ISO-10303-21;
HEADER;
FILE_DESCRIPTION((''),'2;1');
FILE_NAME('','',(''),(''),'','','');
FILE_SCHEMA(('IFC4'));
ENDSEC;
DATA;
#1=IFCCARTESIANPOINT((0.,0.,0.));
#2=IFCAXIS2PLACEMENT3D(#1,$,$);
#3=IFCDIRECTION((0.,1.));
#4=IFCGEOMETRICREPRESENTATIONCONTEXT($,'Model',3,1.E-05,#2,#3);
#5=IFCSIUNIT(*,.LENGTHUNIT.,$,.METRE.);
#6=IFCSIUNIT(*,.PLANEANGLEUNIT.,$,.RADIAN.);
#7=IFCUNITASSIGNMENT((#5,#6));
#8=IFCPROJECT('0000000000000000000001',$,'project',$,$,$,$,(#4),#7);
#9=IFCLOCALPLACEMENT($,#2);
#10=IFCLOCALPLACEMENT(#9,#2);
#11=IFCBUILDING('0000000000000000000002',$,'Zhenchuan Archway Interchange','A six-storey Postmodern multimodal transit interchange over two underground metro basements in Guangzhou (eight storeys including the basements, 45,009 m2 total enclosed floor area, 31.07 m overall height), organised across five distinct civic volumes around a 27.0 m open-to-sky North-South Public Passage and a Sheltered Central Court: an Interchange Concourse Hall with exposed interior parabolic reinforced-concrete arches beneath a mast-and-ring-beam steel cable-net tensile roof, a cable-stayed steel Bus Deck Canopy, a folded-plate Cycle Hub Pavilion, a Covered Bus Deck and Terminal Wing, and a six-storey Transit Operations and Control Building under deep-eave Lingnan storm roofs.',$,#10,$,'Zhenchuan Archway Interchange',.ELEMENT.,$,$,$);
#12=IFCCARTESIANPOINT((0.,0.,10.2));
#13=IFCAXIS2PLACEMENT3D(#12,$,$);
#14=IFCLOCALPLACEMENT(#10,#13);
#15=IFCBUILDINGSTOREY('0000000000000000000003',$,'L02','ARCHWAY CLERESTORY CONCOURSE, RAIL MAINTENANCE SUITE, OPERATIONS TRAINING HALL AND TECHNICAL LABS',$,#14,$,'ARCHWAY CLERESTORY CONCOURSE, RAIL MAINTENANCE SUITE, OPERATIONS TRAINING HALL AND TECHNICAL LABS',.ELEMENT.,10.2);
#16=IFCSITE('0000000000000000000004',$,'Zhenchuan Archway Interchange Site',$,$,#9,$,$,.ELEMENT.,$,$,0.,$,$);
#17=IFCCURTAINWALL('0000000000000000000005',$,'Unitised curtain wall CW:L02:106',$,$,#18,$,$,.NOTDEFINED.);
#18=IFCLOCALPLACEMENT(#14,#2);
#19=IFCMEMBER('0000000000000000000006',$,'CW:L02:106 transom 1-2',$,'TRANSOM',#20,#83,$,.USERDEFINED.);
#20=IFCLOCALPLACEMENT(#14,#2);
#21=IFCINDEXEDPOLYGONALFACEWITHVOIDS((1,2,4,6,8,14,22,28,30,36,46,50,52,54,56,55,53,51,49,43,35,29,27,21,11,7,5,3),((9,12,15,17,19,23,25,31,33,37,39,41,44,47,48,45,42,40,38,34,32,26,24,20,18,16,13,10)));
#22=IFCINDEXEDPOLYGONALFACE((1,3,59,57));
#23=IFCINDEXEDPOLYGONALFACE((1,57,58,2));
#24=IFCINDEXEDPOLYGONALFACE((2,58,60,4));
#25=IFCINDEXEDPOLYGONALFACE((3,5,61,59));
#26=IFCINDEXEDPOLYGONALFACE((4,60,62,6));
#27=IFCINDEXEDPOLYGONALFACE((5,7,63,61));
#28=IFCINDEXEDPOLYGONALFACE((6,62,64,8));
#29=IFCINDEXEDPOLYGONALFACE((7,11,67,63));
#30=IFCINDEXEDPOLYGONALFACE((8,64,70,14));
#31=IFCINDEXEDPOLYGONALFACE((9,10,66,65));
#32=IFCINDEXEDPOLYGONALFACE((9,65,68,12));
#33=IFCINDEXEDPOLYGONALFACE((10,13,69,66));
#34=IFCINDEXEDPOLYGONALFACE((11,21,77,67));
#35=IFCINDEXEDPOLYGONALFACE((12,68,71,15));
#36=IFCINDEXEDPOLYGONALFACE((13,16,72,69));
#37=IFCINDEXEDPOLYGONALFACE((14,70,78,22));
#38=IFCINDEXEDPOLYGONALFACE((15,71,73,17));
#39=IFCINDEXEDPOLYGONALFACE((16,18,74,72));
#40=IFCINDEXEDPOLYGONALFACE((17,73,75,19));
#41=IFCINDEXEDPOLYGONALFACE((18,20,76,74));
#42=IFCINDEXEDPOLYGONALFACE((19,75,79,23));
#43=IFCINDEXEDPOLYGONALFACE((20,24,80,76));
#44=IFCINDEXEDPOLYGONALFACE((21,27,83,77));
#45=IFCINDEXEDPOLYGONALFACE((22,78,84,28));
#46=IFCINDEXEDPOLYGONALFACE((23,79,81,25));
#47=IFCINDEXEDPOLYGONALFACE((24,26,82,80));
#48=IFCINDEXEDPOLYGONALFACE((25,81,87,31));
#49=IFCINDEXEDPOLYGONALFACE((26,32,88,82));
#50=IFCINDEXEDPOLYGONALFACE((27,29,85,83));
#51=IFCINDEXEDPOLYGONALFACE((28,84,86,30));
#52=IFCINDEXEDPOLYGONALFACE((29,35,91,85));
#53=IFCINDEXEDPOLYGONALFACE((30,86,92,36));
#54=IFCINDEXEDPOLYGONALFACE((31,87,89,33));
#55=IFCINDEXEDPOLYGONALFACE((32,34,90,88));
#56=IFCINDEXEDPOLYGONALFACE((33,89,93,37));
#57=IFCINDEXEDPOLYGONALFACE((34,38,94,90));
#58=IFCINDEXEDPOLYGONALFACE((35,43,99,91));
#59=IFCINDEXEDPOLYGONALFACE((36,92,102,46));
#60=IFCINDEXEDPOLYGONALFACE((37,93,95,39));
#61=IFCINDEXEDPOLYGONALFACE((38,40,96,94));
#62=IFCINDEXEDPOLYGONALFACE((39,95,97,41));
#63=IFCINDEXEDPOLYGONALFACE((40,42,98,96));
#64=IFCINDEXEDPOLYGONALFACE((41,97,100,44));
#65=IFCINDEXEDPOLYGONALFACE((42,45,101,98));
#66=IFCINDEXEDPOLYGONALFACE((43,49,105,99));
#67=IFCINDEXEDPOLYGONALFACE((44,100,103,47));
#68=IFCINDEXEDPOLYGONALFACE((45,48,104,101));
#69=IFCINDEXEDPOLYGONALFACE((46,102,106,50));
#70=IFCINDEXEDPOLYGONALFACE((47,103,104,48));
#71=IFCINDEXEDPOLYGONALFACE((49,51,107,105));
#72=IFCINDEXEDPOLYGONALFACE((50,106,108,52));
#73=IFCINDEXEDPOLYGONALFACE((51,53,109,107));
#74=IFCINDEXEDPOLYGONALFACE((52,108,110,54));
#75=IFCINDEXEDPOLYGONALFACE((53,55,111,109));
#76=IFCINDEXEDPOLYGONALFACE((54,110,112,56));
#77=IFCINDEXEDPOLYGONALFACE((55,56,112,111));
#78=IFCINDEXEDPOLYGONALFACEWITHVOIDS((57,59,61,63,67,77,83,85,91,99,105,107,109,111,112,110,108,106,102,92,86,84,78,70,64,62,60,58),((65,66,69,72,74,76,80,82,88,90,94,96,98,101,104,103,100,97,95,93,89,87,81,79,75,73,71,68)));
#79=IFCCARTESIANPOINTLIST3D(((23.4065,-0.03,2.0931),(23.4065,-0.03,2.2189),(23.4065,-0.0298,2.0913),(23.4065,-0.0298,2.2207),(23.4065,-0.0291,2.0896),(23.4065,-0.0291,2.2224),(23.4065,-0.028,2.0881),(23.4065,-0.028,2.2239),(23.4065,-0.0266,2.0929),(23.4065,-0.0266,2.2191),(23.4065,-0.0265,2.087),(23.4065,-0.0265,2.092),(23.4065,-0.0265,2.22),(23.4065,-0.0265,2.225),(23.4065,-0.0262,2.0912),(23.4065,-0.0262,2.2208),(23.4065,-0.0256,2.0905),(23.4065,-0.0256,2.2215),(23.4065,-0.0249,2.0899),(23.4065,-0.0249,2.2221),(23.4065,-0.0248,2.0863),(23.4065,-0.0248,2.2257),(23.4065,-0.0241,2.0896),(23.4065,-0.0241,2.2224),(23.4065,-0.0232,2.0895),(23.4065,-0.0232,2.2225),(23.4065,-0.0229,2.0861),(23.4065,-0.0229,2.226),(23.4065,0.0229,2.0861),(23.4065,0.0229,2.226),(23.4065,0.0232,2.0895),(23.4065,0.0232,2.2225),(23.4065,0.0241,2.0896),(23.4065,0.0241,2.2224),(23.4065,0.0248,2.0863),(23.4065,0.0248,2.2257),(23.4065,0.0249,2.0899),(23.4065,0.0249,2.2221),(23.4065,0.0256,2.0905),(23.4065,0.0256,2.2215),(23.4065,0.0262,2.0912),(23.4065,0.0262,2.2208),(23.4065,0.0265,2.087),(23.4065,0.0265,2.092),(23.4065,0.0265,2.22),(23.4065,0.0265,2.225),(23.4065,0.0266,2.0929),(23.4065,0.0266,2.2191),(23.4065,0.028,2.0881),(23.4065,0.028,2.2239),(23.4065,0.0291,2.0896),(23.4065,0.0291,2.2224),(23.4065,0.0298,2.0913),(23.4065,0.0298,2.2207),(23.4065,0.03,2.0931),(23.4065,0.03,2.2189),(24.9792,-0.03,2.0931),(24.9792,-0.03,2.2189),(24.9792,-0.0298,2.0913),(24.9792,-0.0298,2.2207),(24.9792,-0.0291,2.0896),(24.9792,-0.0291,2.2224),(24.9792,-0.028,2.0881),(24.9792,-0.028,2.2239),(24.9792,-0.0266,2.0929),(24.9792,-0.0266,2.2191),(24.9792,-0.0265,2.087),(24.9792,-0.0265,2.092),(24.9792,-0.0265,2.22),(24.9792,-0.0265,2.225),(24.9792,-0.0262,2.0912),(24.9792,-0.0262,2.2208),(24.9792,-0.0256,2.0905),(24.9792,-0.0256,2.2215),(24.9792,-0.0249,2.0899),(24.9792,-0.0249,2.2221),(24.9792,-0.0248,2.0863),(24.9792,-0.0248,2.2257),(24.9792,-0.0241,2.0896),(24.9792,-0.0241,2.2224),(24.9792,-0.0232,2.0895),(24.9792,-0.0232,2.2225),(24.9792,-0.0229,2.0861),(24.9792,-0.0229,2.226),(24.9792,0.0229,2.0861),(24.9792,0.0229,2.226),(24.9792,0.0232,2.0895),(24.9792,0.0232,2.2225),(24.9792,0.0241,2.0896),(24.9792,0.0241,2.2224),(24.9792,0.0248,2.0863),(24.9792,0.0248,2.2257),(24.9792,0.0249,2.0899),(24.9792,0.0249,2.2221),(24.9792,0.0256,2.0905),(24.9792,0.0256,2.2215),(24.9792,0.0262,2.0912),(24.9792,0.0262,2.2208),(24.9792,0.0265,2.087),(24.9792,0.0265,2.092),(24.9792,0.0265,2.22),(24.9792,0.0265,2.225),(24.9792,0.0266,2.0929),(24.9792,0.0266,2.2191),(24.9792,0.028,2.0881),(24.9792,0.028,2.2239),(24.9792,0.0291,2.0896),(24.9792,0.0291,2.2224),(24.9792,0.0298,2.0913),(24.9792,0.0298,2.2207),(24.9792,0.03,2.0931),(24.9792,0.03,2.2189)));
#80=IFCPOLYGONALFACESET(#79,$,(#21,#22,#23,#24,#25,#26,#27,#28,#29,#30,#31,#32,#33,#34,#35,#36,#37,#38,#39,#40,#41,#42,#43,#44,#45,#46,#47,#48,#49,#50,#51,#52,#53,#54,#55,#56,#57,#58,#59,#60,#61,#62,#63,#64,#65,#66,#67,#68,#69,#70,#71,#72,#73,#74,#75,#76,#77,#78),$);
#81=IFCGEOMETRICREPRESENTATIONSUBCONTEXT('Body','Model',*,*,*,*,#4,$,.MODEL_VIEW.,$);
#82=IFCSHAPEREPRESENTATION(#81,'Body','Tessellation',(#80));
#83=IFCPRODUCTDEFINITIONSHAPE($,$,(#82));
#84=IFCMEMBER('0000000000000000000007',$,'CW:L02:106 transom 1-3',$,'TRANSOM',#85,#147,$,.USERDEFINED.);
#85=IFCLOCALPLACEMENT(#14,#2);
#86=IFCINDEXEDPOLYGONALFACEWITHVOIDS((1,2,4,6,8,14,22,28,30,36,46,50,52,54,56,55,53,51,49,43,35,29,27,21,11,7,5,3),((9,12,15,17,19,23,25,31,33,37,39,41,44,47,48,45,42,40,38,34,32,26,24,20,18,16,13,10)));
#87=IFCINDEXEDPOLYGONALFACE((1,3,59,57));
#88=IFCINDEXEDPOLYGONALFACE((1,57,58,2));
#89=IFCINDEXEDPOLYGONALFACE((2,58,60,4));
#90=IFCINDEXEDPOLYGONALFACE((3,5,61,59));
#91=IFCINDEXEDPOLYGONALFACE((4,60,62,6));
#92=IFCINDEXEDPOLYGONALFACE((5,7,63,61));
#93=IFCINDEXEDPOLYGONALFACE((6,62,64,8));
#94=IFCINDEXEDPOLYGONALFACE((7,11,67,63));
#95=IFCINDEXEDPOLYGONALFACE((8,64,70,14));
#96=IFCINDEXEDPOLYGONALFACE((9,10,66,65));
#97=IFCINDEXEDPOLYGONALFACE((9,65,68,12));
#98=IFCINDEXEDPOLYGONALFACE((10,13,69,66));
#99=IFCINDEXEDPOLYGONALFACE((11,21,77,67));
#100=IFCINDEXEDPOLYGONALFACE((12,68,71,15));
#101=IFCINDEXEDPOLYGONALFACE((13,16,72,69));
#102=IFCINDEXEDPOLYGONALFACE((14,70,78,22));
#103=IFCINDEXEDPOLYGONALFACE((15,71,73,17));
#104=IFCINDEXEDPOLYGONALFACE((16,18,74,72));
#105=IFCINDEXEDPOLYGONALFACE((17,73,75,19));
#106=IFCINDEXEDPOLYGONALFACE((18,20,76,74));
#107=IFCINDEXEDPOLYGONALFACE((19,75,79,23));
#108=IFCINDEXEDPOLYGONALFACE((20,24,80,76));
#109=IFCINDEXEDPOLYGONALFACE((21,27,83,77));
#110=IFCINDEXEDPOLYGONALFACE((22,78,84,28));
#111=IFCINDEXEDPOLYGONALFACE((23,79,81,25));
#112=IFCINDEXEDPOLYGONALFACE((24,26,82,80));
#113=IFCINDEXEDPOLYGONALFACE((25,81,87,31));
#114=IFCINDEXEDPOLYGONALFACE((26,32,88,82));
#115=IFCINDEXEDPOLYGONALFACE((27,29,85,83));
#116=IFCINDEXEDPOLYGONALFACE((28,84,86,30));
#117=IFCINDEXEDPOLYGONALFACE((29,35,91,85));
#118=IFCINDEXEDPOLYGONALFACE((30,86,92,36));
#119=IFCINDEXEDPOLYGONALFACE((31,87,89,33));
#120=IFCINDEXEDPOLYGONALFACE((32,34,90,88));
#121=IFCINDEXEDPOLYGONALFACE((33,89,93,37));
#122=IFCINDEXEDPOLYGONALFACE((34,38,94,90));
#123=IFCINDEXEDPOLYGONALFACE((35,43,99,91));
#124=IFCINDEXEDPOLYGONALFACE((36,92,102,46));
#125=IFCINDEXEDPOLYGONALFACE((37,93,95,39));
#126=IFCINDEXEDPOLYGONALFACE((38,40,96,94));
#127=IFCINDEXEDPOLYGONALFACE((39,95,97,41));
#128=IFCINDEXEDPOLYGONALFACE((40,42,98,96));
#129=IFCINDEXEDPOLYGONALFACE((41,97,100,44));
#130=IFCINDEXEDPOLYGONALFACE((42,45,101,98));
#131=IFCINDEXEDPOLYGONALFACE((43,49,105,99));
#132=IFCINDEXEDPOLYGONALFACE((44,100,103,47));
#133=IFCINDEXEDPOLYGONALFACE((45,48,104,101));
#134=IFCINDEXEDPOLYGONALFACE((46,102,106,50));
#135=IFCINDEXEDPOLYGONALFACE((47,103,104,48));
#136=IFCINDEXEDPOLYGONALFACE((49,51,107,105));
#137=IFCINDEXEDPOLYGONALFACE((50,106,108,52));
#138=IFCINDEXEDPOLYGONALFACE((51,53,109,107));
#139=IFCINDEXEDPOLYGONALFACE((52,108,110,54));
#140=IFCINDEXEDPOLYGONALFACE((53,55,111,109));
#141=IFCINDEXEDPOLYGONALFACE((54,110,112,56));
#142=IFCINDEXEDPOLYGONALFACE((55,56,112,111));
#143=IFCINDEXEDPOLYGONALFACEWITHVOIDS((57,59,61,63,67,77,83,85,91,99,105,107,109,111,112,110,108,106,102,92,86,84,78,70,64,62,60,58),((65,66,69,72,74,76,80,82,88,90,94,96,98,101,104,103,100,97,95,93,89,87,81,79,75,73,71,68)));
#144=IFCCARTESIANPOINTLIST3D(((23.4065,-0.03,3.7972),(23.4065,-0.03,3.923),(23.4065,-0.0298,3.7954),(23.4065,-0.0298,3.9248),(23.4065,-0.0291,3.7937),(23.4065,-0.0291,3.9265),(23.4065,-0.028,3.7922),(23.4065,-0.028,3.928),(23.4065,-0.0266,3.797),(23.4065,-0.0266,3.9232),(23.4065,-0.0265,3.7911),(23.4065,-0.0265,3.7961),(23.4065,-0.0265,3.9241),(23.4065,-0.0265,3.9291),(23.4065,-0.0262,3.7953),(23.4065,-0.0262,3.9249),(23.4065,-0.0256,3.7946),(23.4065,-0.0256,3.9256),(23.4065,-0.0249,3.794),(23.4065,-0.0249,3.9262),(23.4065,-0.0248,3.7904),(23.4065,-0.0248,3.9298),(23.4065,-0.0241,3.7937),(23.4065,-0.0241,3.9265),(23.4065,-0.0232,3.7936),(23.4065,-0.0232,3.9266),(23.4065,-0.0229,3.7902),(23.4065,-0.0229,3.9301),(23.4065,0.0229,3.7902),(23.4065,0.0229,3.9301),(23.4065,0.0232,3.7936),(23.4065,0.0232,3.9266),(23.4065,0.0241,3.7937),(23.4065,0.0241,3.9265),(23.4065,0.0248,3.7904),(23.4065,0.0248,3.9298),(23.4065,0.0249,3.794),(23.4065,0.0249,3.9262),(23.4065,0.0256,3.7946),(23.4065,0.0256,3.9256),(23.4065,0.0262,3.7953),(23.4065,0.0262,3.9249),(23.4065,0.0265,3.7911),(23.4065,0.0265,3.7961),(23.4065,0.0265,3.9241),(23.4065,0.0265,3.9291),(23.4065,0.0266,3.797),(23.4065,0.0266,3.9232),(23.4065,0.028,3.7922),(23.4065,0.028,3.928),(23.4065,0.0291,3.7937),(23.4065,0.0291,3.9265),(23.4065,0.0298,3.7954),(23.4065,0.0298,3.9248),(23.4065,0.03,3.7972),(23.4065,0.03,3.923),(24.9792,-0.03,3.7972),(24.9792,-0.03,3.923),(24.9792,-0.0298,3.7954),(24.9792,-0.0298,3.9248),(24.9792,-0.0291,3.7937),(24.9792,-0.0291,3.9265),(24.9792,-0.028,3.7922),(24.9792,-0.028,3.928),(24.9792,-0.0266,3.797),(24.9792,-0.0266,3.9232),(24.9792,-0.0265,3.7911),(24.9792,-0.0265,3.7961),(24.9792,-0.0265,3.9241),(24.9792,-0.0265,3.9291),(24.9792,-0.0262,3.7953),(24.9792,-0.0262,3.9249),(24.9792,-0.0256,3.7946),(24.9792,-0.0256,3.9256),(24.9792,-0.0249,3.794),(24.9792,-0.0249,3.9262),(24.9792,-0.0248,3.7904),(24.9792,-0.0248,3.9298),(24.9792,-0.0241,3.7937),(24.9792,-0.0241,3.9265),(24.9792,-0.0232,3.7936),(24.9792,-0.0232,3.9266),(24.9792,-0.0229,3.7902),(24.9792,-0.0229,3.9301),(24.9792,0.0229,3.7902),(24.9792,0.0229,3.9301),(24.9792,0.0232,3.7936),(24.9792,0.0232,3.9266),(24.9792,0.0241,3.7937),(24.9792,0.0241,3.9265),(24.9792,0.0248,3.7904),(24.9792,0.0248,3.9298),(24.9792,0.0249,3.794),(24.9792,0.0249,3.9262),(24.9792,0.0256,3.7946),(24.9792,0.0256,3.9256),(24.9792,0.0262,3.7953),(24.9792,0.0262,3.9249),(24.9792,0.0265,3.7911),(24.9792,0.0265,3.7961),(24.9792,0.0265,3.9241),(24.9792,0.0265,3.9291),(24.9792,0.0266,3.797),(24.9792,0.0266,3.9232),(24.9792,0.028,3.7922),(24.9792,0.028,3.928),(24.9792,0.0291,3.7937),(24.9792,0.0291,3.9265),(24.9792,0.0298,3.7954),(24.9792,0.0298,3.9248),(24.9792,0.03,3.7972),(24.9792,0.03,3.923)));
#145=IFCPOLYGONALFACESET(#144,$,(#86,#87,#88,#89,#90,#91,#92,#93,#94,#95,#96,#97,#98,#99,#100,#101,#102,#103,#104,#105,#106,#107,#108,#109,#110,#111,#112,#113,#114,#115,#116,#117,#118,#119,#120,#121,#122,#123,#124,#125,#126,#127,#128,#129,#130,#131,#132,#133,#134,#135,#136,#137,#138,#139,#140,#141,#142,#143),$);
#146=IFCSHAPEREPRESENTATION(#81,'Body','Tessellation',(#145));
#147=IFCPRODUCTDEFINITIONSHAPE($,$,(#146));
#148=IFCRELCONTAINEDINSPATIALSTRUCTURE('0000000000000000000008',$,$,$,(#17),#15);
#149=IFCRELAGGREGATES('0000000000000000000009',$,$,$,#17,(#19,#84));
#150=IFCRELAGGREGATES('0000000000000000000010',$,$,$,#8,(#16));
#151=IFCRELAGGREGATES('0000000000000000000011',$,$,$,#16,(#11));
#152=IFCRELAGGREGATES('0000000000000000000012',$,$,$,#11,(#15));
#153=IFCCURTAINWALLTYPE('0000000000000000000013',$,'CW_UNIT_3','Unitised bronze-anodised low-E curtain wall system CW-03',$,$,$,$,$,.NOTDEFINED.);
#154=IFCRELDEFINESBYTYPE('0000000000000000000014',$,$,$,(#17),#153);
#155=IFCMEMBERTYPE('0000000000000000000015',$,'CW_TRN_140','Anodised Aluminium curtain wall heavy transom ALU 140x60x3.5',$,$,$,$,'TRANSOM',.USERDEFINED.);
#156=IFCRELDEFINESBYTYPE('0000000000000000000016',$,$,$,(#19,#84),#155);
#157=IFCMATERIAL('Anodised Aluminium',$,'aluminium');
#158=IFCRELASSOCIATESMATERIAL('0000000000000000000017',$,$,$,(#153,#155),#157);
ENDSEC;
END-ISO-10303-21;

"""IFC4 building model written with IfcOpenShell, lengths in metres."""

from ifc_helpers import new_model, si_unit, direction, frame, origin, origin_2d, place, context, subcontext, project, spatial, hollow_rectangle, extrude, material, material_profile, profile_set, type_object, element, aggregate, save


model = new_model("IFC4")

# Units and contexts
model_context = context("Model", 3, precision=1e-05, world=origin(), true_north=direction((0.0, 1.0)))
body_context = subcontext(model_context, "Body", "Model", "MODEL_VIEW")
ifc_project = project(units=[si_unit("LENGTHUNIT", "METRE"), si_unit("PLANEANGLEUNIT", "RADIAN")], contexts=[model_context])

# Site, building, storey
site_placement = place(None, origin())
site = spatial("IfcSite", under=ifc_project, at=site_placement, Name="Zhenchuan Archway Interchange Site", CompositionType="ELEMENT", RefElevation=0.0)
building_placement = place(site_placement, origin())
building = spatial("IfcBuilding", under=site, at=building_placement, Name="Zhenchuan Archway Interchange", Description="A six-storey Postmodern multimodal transit interchange over two underground metro basements in Guangzhou (eight storeys including the basements, 45,009 m2 total enclosed floor area, 31.07 m overall height), organised across five distinct civic volumes around a 27.0 m open-to-sky North-South Public Passage and a Sheltered Central Court: an Interchange Concourse Hall with exposed interior parabolic reinforced-concrete arches beneath a mast-and-ring-beam steel cable-net tensile roof, a cable-stayed steel Bus Deck Canopy, a folded-plate Cycle Hub Pavilion, a Covered Bus Deck and Terminal Wing, and a six-storey Transit Operations and Control Building under deep-eave Lingnan storm roofs.", LongName="Zhenchuan Archway Interchange", CompositionType="ELEMENT")
storey_placement = place(building_placement, frame((0.0, 0.0, 10.2)))
storey = spatial("IfcBuildingStorey", under=building, at=storey_placement, Name="L02", Description="ARCHWAY CLERESTORY CONCOURSE, RAIL MAINTENANCE SUITE, OPERATIONS TRAINING HALL AND TECHNICAL LABS", LongName="ARCHWAY CLERESTORY CONCOURSE, RAIL MAINTENANCE SUITE, OPERATIONS TRAINING HALL AND TECHNICAL LABS", CompositionType="ELEMENT", Elevation=10.2)

# Curtain wall, members
ifc_material_1 = material(Name="Anodised Aluminium", Category="aluminium")
curtain_wall_type = type_object("IfcCurtainWallType", Name="CW_UNIT_3", Description="Unitised bronze-anodised low-E curtain wall system CW-03", PredefinedType="NOTDEFINED", material=ifc_material_1)
curtain_wall_placement = place(storey_placement, origin())
curtain_wall = element("IfcCurtainWall", 1, at=curtain_wall_placement, inside=storey, type_object=curtain_wall_type, Name="Unitised curtain wall CW:L02:106", PredefinedType="NOTDEFINED")
ifc_material_profile_1 = material_profile(ifc_material_1, hollow_rectangle(XDim=0.0601, YDim=0.1399, WallThickness=0.0034, InnerFilletRadius=0.0034, OuterFilletRadius=0.0071, at=origin_2d()), Name="ALU 140x60x3.5")
ifc_profile_set_1 = profile_set([ifc_material_profile_1], Name="Anodised Aluminium")
member_type_1 = type_object("IfcMemberType", Name="CW_TRN_140", Description="Anodised Aluminium curtain wall heavy transom ALU 140x60x3.5", ElementType="TRANSOM", PredefinedType="USERDEFINED", material=ifc_profile_set_1)
member_1_placement = place(storey_placement, frame((24.9792, 0.0, 2.156), z_axis=(-1.0, 0.0, 0.0), x_axis=(0.0, -1.0, 0.0)))
member_1 = element("IfcMember", 2, at=member_1_placement, type_object=member_type_1, Name="CW:L02:106 transom 1-2", ObjectType="TRANSOM", PredefinedType="USERDEFINED", context=body_context, shape_type="SweptSolid", body=[
    extrude(hollow_rectangle(XDim=0.0601, YDim=0.1399, WallThickness=0.0034, InnerFilletRadius=0.0034, OuterFilletRadius=0.0071, at=origin_2d()), origin(), (0.0, 0.0, 1.0), 1.5728),
])
member_2_placement = place(storey_placement, frame((24.9792, 0.0, 3.8601), z_axis=(-1.0, 0.0, 0.0), x_axis=(0.0, -1.0, 0.0)))
member_2 = element("IfcMember", 3, at=member_2_placement, type_object=member_type_1, Name="CW:L02:106 transom 1-3", ObjectType="TRANSOM", PredefinedType="USERDEFINED", context=body_context, shape_type="SweptSolid", body=[
    extrude(hollow_rectangle(XDim=0.0601, YDim=0.1399, WallThickness=0.0034, InnerFilletRadius=0.0034, OuterFilletRadius=0.0071, at=origin_2d()), origin(), (0.0, 0.0, 1.0), 1.5728),
])

aggregate(curtain_wall, [member_1, member_2])

save(model, "model.ifc")
